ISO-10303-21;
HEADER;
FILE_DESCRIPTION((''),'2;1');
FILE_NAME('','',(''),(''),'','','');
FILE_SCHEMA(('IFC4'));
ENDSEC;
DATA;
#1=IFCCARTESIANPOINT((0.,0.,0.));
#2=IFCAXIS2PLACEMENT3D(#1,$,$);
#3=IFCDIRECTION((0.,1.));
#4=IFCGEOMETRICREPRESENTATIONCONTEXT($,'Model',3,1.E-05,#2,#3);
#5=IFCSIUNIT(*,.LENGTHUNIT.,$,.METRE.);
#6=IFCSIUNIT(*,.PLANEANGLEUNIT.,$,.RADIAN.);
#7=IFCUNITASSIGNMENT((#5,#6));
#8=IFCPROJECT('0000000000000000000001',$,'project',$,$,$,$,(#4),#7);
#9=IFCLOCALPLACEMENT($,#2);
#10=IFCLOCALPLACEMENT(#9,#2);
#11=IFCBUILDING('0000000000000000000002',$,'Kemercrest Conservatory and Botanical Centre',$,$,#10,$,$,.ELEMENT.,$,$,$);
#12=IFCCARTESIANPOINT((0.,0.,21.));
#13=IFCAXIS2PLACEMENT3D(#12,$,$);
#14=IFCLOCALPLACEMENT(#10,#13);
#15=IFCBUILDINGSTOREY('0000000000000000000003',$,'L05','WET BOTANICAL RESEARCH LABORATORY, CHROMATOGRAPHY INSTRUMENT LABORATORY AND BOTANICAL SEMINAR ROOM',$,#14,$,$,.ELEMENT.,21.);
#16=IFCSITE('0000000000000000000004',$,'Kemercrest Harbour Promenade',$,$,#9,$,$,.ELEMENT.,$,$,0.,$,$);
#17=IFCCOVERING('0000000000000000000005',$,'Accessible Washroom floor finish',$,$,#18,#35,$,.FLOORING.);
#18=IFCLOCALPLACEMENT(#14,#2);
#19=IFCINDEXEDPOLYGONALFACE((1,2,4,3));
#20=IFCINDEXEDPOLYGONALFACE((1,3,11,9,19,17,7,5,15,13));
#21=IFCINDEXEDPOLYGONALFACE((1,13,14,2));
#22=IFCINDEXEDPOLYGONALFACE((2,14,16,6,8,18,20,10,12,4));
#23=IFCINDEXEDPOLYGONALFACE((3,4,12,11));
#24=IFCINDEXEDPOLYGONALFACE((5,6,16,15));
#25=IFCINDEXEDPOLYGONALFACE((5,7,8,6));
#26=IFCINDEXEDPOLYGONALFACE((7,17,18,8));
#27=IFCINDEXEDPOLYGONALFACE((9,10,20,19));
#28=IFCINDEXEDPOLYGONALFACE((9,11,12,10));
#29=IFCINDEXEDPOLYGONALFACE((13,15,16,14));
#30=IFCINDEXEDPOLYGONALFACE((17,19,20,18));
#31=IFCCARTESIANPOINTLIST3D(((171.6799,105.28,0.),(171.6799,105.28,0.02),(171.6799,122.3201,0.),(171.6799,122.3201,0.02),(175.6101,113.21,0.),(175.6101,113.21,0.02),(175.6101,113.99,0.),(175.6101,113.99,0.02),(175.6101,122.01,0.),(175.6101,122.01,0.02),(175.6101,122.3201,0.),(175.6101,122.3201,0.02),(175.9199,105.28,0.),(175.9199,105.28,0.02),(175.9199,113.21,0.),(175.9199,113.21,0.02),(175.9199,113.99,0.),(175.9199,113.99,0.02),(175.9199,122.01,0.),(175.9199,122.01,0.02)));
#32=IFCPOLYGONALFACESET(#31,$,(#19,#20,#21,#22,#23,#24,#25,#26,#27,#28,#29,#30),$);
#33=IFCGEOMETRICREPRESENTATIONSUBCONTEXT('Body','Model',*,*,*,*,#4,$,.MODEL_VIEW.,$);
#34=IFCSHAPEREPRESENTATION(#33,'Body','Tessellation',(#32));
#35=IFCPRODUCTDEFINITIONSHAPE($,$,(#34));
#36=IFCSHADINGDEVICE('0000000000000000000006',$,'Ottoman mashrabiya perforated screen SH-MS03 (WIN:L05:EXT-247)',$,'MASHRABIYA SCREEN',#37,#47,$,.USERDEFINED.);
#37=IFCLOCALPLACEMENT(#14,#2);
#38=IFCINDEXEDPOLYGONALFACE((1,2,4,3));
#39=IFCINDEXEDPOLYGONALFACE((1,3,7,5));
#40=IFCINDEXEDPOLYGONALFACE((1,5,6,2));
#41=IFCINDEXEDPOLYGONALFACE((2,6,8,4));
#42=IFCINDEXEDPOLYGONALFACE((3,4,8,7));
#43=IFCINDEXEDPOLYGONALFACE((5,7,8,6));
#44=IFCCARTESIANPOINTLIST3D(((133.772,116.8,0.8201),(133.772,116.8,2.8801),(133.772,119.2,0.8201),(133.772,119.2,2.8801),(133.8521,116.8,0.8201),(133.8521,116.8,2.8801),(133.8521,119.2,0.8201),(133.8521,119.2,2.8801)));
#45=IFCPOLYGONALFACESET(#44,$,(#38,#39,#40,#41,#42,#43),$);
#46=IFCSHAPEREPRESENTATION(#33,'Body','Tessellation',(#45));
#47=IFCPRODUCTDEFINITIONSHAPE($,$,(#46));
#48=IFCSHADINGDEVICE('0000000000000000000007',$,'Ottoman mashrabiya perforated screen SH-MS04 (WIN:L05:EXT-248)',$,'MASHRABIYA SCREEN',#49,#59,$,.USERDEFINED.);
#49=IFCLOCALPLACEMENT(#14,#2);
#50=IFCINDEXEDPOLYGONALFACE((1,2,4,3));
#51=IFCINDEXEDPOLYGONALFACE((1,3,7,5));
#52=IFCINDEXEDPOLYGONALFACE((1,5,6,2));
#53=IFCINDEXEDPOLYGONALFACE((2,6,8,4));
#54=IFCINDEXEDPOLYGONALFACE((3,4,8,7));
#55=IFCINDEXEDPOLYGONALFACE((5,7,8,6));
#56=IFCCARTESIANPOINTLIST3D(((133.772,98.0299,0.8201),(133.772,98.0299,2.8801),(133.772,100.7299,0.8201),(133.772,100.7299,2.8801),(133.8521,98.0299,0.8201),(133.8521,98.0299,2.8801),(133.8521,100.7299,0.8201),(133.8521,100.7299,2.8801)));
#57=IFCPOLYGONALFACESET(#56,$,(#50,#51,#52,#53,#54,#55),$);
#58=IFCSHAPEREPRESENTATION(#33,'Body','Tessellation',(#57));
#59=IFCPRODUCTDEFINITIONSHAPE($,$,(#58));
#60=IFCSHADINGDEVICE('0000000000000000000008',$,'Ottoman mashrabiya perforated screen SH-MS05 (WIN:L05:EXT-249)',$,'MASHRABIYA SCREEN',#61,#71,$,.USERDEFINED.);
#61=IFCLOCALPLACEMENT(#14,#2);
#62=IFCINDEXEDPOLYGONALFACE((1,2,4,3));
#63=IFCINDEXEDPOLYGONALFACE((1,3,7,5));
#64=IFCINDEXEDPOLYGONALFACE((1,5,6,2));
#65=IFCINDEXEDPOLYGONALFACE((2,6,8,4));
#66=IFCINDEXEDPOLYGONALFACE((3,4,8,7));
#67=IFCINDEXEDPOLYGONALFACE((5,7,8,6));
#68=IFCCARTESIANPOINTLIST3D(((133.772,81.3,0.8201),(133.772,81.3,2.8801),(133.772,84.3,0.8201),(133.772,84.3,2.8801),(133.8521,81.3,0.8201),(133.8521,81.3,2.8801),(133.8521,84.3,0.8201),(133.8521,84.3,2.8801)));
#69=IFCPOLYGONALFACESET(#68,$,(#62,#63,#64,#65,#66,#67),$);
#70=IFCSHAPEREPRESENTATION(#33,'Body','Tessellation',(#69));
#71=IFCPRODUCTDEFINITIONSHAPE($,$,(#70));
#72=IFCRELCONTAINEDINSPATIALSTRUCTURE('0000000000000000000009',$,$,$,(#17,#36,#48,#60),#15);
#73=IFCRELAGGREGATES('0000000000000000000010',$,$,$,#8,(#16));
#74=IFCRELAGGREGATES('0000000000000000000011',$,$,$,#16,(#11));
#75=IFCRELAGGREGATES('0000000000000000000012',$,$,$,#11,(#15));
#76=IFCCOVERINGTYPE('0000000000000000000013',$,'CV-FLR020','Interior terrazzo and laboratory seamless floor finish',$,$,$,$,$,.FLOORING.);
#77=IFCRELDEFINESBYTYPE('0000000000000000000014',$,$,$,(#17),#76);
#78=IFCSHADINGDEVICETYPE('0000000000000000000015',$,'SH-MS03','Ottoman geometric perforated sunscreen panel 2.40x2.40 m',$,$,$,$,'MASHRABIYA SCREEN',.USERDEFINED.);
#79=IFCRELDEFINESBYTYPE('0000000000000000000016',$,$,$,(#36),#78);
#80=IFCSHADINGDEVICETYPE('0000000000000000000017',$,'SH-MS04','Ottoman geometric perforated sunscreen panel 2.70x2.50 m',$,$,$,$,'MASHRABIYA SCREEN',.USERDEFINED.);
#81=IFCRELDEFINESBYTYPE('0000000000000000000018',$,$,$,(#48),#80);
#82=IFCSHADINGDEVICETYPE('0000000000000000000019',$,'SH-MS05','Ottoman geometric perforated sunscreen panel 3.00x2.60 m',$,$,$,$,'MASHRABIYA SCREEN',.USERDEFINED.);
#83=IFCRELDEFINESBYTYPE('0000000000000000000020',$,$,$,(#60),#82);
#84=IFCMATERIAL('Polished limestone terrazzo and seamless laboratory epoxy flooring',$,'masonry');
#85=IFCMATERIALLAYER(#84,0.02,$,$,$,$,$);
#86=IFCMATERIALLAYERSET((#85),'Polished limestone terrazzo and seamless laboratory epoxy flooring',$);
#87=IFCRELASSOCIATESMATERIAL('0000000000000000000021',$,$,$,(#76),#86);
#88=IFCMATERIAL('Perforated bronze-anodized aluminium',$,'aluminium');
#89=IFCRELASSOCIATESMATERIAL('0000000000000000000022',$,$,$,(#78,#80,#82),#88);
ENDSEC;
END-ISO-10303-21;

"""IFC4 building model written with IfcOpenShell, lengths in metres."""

from ifc_helpers import new_model, si_unit, direction, frame, origin, origin_2d, place, context, subcontext, project, spatial, polyline, rectangle, outline, extrude, material, layer, layer_set, type_object, element, save


model = new_model("IFC4")

# Units and contexts
model_context = context("Model", 3, precision=1e-05, world=origin(), true_north=direction((0.0, 1.0)))
body_context = subcontext(model_context, "Body", "Model", "MODEL_VIEW")
ifc_project = project(units=[si_unit("LENGTHUNIT", "METRE"), si_unit("PLANEANGLEUNIT", "RADIAN")], contexts=[model_context])

# Site, building, storey
site_placement = place(None, origin())
site = spatial("IfcSite", under=ifc_project, at=site_placement, Name="Kemercrest Harbour Promenade", CompositionType="ELEMENT", RefElevation=0.0)
building_placement = place(site_placement, origin())
building = spatial("IfcBuilding", under=site, at=building_placement, Name="Kemercrest Conservatory and Botanical Centre", CompositionType="ELEMENT")
storey_placement = place(building_placement, frame((0.0, 0.0, 21.0)))
storey = spatial("IfcBuildingStorey", under=building, at=storey_placement, Name="L05", Description="WET BOTANICAL RESEARCH LABORATORY, CHROMATOGRAPHY INSTRUMENT LABORATORY AND BOTANICAL SEMINAR ROOM", CompositionType="ELEMENT", Elevation=21.0)

# Covering
ifc_material_1 = material(Name="Polished limestone terrazzo and seamless laboratory epoxy flooring", Category="masonry")
ifc_layer_1 = layer(ifc_material_1, 0.02)
ifc_layer_set_1 = layer_set([ifc_layer_1], Name="Polished limestone terrazzo and seamless laboratory epoxy flooring")
covering_type_1 = type_object("IfcCoveringType", Name="CV-FLR020", Description="Interior terrazzo and laboratory seamless floor finish", PredefinedType="FLOORING", material=ifc_layer_set_1)
covering_1_placement = place(storey_placement, origin())
element("IfcCovering", 1, at=covering_1_placement, inside=storey, type_object=covering_type_1, Name="Accessible Washroom floor finish", PredefinedType="FLOORING", context=body_context, shape_type="SweptSolid", body=[
    extrude(outline(polyline([(171.6799, 105.28), (175.9199, 105.28), (175.9199, 113.21), (175.6101, 113.21), (175.6101, 113.99), (175.9199, 113.99), (175.9199, 122.01), (175.6101, 122.01), (175.6101, 122.3201), (171.6799, 122.3201), (171.6799, 105.28)])), origin(), (0.0, 0.0, 1.0), 0.02),
])

# Shading devices
ifc_material_2 = material(Name="Perforated bronze-anodized aluminium", Category="aluminium")
shading_device_type_1 = type_object("IfcShadingDeviceType", Name="SH-MS03", Description="Ottoman geometric perforated sunscreen panel 2.40x2.40 m", ElementType="MASHRABIYA SCREEN", PredefinedType="USERDEFINED", material=ifc_material_2)
shading_device_1_placement = place(storey_placement, frame((133.812, 118.0, 0.8201), z_axis=(0.0, 0.0, 1.0), x_axis=(0.0, -1.0, 0.0)))
element("IfcShadingDevice", 2, at=shading_device_1_placement, inside=storey, type_object=shading_device_type_1, Name="Ottoman mashrabiya perforated screen SH-MS03 (WIN:L05:EXT-247)", ObjectType="MASHRABIYA SCREEN", PredefinedType="USERDEFINED", context=body_context, shape_type="SweptSolid", body=[
    extrude(rectangle(XDim=2.3999, YDim=0.0801, at=origin_2d()), origin(), (0.0, 0.0, 1.0), 2.0601),
])
shading_device_type_2 = type_object("IfcShadingDeviceType", Name="SH-MS04", Description="Ottoman geometric perforated sunscreen panel 2.70x2.50 m", ElementType="MASHRABIYA SCREEN", PredefinedType="USERDEFINED", material=ifc_material_2)
shading_device_2_placement = place(storey_placement, frame((133.812, 99.3799, 0.8201), z_axis=(0.0, 0.0, 1.0), x_axis=(0.0, -1.0, 0.0)))
element("IfcShadingDevice", 3, at=shading_device_2_placement, inside=storey, type_object=shading_device_type_2, Name="Ottoman mashrabiya perforated screen SH-MS04 (WIN:L05:EXT-248)", ObjectType="MASHRABIYA SCREEN", PredefinedType="USERDEFINED", context=body_context, shape_type="SweptSolid", body=[
    extrude(rectangle(XDim=2.7, YDim=0.0801, at=origin_2d()), origin(), (0.0, 0.0, 1.0), 2.0601),
])
shading_device_type_3 = type_object("IfcShadingDeviceType", Name="SH-MS05", Description="Ottoman geometric perforated sunscreen panel 3.00x2.60 m", ElementType="MASHRABIYA SCREEN", PredefinedType="USERDEFINED", material=ifc_material_2)
shading_device_3_placement = place(storey_placement, frame((133.812, 82.8, 0.8201), z_axis=(0.0, 0.0, 1.0), x_axis=(0.0, -1.0, 0.0)))
element("IfcShadingDevice", 4, at=shading_device_3_placement, inside=storey, type_object=shading_device_type_3, Name="Ottoman mashrabiya perforated screen SH-MS05 (WIN:L05:EXT-249)", ObjectType="MASHRABIYA SCREEN", PredefinedType="USERDEFINED", context=body_context, shape_type="SweptSolid", body=[
    extrude(rectangle(XDim=3.0, YDim=0.0801, at=origin_2d()), origin(), (0.0, 0.0, 1.0), 2.0601),
])

save(model, "model.ifc")
